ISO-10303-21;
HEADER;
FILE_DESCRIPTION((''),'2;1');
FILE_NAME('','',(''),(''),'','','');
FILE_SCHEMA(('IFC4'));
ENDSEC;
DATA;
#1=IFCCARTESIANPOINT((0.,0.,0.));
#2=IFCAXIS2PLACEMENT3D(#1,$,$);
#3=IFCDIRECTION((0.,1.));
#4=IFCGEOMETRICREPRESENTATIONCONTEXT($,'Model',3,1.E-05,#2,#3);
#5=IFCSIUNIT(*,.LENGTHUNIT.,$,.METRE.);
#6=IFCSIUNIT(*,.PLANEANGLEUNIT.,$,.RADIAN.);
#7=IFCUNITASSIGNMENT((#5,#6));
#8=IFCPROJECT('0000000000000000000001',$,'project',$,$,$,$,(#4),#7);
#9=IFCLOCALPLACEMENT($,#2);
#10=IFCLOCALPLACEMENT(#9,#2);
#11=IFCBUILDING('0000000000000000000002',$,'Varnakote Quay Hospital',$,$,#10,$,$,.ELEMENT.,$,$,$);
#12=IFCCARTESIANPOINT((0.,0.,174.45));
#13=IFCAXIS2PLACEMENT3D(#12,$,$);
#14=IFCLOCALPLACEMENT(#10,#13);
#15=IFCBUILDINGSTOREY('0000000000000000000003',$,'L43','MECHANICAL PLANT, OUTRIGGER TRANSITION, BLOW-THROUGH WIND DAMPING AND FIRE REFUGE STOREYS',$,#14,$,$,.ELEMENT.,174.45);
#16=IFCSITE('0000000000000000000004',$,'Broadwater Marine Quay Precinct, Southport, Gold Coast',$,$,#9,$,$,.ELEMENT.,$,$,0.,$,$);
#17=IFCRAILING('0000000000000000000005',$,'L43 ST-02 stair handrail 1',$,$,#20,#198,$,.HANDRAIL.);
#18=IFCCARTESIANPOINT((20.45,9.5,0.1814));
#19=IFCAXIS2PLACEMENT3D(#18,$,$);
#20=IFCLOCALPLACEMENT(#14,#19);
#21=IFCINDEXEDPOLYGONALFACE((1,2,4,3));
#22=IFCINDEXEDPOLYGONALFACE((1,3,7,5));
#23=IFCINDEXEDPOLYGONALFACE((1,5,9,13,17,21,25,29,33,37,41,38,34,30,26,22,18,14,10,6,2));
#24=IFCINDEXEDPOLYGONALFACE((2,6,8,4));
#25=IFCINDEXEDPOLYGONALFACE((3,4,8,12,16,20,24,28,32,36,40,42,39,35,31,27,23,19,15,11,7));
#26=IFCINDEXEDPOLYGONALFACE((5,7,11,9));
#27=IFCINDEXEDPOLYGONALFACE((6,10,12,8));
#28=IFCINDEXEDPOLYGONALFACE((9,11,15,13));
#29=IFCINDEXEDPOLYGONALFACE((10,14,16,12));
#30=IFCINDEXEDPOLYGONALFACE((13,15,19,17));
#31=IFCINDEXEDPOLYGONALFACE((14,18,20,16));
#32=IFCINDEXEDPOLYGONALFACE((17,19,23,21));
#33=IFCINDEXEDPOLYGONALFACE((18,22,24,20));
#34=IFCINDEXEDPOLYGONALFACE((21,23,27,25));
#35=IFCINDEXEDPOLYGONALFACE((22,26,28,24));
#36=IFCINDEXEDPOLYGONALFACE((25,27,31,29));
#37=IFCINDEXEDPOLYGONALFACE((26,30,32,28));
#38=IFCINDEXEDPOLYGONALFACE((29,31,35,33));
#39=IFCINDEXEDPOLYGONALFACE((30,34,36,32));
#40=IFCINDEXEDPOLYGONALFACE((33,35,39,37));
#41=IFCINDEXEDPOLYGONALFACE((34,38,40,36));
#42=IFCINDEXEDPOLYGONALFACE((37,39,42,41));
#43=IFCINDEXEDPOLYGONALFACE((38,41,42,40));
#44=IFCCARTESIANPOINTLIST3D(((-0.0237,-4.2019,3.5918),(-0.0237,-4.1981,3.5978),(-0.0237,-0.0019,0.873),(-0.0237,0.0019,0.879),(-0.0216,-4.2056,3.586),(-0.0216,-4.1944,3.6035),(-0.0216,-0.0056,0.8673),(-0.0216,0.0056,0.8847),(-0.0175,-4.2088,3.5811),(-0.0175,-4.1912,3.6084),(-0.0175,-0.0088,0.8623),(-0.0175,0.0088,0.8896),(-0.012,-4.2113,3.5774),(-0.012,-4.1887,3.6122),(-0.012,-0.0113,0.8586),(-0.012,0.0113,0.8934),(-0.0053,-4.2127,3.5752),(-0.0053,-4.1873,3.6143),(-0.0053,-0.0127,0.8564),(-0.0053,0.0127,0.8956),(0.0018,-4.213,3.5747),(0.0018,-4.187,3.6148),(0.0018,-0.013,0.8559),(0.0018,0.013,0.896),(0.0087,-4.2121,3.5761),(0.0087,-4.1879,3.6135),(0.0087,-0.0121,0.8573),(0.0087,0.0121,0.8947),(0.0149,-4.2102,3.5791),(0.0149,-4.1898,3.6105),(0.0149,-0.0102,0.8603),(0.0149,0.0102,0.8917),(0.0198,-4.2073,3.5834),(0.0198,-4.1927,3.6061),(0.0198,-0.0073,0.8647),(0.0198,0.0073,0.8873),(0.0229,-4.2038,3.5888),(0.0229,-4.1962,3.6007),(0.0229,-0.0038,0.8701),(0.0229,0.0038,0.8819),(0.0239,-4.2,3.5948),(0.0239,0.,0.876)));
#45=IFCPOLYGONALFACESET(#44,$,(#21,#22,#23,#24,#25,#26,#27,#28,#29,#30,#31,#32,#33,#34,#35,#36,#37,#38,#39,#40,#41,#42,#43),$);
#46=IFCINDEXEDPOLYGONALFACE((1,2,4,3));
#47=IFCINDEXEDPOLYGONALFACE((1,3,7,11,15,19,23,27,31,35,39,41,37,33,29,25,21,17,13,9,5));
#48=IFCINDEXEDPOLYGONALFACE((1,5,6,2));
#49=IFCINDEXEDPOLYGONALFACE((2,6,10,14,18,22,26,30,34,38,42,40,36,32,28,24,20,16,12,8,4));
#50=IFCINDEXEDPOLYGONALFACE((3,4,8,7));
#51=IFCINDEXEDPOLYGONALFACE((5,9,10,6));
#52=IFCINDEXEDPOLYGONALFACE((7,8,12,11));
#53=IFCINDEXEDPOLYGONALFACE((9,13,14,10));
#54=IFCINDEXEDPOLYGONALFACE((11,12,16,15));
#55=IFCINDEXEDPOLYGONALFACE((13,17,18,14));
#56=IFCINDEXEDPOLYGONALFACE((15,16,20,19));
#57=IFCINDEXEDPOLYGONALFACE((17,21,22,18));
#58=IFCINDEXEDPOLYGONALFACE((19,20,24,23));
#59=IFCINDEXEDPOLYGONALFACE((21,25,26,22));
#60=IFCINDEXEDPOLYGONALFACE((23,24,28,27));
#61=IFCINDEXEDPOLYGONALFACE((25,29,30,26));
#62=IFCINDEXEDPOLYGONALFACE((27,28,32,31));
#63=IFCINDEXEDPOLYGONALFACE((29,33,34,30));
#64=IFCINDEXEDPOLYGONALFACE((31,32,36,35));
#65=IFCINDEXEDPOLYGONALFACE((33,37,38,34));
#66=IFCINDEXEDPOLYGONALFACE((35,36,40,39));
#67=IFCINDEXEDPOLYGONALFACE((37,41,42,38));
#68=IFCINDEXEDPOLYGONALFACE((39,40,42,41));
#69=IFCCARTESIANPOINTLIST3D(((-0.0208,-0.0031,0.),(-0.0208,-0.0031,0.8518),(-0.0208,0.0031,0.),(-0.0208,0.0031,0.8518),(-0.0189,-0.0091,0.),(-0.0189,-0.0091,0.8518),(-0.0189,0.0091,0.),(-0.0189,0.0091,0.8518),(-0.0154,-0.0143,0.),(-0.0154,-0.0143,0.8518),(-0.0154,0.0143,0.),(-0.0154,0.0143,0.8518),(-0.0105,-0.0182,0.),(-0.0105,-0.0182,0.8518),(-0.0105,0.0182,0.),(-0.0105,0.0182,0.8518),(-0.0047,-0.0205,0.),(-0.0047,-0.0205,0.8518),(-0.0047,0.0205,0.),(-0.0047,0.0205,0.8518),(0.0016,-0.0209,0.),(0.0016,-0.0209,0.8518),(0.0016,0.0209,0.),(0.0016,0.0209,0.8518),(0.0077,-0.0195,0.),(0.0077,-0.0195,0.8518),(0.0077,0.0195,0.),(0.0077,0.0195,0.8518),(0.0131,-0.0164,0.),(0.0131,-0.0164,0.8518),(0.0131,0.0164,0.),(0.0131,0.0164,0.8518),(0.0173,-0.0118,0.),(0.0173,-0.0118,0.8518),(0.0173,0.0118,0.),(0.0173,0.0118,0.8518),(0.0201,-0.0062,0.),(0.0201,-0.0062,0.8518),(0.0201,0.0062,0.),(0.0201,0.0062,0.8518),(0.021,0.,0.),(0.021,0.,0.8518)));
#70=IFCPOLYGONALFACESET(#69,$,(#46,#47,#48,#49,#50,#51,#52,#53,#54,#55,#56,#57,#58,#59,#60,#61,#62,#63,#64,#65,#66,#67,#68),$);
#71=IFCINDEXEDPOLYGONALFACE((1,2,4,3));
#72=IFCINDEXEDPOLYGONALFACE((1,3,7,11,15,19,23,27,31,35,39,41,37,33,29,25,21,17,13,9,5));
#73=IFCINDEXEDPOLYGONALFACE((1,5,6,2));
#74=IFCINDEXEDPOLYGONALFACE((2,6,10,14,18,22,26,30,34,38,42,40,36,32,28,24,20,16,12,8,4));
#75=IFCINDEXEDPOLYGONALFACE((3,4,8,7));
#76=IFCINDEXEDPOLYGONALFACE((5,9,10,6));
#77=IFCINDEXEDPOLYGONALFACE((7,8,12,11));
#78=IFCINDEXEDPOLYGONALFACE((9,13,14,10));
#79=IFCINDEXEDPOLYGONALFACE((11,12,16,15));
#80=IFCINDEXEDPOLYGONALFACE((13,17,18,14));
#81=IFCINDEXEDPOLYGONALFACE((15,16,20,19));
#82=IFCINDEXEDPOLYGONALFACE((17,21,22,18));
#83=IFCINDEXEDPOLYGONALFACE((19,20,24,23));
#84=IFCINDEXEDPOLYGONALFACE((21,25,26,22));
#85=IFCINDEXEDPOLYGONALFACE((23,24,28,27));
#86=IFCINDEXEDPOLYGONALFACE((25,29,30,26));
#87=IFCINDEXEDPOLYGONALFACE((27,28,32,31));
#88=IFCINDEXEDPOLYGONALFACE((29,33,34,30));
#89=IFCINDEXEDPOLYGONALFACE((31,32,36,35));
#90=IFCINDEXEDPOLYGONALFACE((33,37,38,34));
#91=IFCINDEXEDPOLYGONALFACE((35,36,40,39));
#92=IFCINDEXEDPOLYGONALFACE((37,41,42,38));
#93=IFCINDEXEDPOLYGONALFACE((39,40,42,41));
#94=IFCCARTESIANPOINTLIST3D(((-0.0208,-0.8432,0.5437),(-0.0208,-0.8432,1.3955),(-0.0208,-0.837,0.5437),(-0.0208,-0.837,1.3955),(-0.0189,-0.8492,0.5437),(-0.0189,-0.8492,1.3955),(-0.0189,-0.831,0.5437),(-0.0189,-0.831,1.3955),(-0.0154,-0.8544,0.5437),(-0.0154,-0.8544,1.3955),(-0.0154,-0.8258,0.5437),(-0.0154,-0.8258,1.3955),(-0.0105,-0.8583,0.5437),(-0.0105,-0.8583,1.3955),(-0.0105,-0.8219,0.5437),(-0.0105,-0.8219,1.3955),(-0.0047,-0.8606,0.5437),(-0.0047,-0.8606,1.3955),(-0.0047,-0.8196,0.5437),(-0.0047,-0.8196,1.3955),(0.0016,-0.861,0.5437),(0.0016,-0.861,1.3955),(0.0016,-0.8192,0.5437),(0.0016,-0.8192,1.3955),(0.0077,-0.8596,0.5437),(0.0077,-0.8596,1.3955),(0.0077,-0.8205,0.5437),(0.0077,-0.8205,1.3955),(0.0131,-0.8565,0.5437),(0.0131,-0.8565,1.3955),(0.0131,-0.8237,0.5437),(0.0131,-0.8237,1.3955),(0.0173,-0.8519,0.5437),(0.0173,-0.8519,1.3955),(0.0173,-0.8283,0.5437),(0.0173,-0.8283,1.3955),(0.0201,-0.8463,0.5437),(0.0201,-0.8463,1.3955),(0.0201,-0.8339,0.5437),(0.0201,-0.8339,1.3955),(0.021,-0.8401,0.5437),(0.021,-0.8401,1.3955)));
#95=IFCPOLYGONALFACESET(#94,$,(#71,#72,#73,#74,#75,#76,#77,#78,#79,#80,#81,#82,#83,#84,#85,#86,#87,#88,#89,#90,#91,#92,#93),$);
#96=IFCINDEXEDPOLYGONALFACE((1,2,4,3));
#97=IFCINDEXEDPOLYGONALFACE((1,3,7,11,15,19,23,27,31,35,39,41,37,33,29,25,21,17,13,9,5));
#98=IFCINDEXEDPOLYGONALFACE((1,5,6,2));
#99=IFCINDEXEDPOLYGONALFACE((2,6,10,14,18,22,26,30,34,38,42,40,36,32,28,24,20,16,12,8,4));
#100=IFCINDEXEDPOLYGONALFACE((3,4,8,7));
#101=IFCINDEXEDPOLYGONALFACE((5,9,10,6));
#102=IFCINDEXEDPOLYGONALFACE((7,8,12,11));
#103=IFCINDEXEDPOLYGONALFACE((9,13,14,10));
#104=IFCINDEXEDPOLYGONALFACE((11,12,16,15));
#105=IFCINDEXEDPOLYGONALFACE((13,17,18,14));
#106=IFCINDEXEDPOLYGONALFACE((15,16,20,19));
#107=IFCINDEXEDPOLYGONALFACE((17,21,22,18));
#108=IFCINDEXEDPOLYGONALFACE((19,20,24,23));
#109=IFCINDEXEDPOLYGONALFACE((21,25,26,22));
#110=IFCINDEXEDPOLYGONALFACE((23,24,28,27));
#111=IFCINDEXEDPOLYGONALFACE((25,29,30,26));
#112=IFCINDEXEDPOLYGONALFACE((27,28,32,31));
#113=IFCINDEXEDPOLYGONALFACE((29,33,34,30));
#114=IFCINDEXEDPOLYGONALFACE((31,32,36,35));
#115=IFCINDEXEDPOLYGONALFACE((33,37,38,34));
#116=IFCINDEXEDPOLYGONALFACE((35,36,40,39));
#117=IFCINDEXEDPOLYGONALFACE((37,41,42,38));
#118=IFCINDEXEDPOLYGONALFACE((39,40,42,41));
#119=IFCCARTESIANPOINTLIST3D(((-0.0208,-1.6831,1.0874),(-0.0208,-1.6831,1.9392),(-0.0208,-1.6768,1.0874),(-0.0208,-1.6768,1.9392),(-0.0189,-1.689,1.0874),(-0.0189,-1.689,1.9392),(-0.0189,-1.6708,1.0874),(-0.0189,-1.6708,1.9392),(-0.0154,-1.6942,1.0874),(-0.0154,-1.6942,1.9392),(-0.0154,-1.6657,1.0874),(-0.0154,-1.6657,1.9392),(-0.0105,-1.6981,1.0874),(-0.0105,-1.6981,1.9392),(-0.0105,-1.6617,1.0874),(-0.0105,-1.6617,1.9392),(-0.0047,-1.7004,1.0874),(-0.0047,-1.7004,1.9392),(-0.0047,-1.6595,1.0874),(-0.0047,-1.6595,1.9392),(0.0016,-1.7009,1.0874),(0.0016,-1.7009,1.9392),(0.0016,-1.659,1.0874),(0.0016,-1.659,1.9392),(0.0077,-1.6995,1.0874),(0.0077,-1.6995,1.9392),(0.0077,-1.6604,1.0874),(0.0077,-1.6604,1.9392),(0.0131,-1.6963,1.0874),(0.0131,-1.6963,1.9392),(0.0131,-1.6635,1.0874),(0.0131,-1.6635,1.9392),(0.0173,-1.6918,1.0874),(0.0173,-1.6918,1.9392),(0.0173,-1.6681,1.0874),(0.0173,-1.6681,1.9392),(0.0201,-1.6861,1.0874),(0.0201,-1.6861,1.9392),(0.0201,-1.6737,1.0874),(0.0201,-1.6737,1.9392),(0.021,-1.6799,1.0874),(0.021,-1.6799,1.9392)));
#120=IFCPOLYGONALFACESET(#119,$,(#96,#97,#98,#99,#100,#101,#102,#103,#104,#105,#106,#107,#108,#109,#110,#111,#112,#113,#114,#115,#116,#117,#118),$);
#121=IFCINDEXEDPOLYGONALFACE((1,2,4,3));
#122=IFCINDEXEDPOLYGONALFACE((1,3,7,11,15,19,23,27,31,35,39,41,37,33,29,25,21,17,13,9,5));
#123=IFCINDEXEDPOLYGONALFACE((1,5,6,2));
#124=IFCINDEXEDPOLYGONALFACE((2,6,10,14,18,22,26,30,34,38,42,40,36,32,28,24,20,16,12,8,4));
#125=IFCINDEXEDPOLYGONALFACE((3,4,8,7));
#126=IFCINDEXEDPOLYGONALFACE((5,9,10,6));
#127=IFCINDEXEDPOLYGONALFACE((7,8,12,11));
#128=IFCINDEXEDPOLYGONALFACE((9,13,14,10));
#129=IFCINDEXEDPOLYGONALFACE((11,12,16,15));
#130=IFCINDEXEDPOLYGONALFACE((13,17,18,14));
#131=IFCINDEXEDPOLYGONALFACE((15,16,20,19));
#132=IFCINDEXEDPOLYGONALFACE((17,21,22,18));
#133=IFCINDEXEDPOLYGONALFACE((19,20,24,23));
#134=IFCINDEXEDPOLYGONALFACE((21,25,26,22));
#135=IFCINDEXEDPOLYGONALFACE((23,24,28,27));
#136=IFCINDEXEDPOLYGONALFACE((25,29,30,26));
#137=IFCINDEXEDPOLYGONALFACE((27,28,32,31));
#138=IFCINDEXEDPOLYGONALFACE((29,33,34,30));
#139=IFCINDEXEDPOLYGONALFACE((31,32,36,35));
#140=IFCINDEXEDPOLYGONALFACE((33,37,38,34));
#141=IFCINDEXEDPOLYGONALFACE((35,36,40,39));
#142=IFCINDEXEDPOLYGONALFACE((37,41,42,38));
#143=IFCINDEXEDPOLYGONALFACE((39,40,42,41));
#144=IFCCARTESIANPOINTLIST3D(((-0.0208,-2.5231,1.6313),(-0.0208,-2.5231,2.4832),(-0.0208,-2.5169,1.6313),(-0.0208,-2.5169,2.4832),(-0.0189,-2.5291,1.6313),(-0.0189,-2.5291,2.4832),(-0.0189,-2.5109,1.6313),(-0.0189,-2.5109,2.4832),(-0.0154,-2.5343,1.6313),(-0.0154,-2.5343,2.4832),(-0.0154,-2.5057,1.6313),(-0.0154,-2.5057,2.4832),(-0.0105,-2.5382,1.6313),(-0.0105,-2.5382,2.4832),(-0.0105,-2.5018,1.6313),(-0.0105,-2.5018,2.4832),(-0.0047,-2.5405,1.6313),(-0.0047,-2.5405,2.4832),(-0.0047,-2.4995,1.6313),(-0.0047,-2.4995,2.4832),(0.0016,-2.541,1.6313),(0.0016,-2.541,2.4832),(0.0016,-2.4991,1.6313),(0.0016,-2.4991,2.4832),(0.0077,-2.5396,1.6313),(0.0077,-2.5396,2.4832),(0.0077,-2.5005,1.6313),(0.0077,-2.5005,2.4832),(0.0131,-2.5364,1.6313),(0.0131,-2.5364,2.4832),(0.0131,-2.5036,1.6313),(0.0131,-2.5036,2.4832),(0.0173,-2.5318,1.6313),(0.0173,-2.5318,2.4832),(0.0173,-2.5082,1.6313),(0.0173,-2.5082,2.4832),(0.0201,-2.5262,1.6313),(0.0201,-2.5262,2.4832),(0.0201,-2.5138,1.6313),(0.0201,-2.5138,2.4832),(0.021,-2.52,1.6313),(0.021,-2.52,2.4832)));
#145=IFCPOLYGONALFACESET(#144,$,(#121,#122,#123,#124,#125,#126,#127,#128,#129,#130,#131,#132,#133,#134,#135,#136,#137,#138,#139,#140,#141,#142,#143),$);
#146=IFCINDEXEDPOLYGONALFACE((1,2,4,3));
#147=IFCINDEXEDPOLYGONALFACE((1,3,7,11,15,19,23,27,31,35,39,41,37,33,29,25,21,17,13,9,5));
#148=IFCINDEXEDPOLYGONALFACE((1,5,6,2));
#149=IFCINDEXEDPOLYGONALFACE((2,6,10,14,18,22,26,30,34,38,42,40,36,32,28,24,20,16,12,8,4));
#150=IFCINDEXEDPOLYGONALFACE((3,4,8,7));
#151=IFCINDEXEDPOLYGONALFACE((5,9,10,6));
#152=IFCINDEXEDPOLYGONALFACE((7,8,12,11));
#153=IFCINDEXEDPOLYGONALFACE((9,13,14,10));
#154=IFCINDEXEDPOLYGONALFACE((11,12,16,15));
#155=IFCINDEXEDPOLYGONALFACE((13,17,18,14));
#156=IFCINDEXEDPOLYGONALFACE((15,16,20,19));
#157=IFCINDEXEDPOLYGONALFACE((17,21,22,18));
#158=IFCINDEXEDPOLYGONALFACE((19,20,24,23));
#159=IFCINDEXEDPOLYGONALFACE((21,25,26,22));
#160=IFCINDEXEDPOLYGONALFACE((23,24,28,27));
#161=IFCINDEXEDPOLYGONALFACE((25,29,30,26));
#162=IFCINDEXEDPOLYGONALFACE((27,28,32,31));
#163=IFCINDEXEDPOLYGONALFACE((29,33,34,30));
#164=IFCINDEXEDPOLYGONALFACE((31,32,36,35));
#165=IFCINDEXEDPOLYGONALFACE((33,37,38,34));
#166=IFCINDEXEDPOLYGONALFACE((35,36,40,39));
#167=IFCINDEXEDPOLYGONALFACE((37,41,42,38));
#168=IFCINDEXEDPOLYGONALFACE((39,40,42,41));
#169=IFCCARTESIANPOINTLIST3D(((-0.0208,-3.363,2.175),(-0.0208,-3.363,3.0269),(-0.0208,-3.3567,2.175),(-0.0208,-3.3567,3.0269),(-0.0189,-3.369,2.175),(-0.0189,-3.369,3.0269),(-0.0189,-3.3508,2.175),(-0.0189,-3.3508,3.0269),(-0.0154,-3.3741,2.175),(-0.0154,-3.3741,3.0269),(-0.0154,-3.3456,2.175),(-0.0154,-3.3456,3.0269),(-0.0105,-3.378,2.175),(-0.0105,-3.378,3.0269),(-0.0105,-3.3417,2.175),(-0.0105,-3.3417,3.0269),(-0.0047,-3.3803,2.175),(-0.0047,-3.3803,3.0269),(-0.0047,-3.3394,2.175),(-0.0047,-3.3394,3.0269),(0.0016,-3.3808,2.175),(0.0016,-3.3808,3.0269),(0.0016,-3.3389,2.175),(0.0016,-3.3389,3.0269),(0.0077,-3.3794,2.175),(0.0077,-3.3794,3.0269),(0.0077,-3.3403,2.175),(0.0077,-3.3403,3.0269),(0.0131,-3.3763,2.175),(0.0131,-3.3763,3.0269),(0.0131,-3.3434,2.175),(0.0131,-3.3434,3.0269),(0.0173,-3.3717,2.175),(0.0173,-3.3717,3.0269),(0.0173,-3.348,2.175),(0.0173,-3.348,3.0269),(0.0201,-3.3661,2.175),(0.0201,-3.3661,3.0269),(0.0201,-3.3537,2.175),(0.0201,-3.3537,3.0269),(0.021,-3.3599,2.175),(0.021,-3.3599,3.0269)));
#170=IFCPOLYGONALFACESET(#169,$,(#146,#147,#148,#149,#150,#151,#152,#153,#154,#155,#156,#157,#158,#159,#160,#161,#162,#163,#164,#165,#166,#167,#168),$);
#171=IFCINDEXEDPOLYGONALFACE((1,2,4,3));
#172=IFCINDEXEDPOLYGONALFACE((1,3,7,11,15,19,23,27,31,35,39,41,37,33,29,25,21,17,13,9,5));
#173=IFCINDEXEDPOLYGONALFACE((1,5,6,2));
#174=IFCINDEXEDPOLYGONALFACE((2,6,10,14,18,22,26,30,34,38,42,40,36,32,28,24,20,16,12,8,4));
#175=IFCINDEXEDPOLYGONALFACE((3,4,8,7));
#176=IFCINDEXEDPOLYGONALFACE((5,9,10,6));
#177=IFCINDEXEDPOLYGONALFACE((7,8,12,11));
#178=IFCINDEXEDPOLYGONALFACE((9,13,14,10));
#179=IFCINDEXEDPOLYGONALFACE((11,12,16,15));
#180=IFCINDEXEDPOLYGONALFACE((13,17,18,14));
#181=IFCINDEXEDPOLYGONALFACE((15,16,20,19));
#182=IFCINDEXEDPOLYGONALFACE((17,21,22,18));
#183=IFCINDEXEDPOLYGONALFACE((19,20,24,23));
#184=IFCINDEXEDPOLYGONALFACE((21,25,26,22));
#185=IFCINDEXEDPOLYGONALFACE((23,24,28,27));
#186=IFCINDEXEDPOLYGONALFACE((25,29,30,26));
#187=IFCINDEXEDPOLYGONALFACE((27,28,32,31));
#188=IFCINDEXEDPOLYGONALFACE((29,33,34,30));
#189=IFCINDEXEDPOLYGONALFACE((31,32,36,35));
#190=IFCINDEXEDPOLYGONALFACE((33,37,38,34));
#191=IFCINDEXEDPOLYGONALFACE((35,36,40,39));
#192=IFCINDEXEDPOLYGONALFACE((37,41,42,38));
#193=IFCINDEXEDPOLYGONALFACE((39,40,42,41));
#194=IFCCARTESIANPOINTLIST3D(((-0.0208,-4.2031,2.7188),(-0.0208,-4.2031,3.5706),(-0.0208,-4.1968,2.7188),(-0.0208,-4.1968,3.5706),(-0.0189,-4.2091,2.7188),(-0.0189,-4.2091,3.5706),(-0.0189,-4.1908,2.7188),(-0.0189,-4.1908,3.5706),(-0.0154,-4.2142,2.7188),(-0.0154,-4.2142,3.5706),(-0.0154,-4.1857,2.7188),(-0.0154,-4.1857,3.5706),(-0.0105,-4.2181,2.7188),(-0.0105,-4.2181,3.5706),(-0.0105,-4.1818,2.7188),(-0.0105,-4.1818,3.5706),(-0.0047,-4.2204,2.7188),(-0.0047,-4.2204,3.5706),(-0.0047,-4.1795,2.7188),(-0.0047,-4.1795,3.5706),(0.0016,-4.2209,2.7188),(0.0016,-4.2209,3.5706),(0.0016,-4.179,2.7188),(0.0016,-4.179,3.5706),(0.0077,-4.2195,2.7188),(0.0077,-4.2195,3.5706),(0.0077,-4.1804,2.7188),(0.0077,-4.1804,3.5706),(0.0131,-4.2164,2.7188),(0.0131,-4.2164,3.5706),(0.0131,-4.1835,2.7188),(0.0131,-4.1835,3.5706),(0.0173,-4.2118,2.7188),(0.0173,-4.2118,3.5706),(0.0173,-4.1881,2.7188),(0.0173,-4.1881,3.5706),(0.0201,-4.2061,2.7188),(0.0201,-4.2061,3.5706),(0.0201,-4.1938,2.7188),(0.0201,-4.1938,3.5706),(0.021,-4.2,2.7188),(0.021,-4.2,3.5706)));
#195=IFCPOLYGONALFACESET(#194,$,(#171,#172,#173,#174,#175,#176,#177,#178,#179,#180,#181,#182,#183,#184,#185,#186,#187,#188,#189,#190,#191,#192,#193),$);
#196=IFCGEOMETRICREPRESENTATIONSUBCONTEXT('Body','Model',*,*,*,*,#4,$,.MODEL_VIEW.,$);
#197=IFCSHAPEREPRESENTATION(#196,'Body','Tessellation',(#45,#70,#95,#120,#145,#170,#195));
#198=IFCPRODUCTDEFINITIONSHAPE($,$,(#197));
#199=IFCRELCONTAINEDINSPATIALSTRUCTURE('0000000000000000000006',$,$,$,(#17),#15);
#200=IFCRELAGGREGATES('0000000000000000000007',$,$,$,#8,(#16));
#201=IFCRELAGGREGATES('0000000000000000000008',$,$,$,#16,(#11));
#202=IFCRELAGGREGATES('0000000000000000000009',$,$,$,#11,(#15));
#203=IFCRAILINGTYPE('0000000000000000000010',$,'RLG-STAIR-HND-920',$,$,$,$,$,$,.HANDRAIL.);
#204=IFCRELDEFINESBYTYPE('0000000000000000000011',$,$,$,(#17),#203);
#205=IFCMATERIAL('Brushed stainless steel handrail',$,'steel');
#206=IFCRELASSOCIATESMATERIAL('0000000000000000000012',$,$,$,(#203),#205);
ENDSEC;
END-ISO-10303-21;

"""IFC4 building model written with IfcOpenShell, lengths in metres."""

from ifc_helpers import new_model, si_unit, direction, frame, origin, origin_2d, place, context, subcontext, project, spatial, circle, extrude, material, type_object, element, save


model = new_model("IFC4")

# Units and contexts
model_context = context("Model", 3, precision=1e-05, world=origin(), true_north=direction((0.0, 1.0)))
body_context = subcontext(model_context, "Body", "Model", "MODEL_VIEW")
ifc_project = project(units=[si_unit("LENGTHUNIT", "METRE"), si_unit("PLANEANGLEUNIT", "RADIAN")], contexts=[model_context])

# Site, building, storey
site_placement = place(None, origin())
site = spatial("IfcSite", under=ifc_project, at=site_placement, Name="Broadwater Marine Quay Precinct, Southport, Gold Coast", CompositionType="ELEMENT", RefElevation=0.0)
building_placement = place(site_placement, origin())
building = spatial("IfcBuilding", under=site, at=building_placement, Name="Varnakote Quay Hospital", CompositionType="ELEMENT")
storey_placement = place(building_placement, frame((0.0, 0.0, 174.45)))
storey = spatial("IfcBuildingStorey", under=building, at=storey_placement, Name="L43", Description="MECHANICAL PLANT, OUTRIGGER TRANSITION, BLOW-THROUGH WIND DAMPING AND FIRE REFUGE STOREYS", CompositionType="ELEMENT", Elevation=174.45)

# Railing
ifc_material_1 = material(Name="Brushed stainless steel handrail", Category="steel")
railing_type_1 = type_object("IfcRailingType", Name="RLG-STAIR-HND-920", PredefinedType="HANDRAIL", material=ifc_material_1)
railing_1_placement = place(storey_placement, frame((20.45, 9.5, 0.1814)))
element("IfcRailing", 1, at=railing_1_placement, inside=storey, type_object=railing_type_1, Name="L43 ST-02 stair handrail 1", PredefinedType="HANDRAIL", context=body_context, shape_type="SweptSolid", body=[
    extrude(circle(Radius=0.0239, at=origin_2d()), frame((0.0, 0.0, 0.876), z_axis=(0.0, -0.839467, 0.543411), x_axis=(1.0, 0.0, 0.0)), (0.0, 0.0, 1.0), 5.0032),
    extrude(circle(Radius=0.021, at=origin_2d()), origin(), (0.0, 0.0, 1.0), 0.8518),
    extrude(circle(Radius=0.021, at=origin_2d()), frame((0.0, -0.8401, 0.5437)), (0.0, 0.0, 1.0), 0.8518),
    extrude(circle(Radius=0.021, at=origin_2d()), frame((0.0, -1.6799, 1.0874)), (0.0, 0.0, 1.0), 0.8518),
    extrude(circle(Radius=0.021, at=origin_2d()), frame((0.0, -2.52, 1.6313)), (0.0, 0.0, 1.0), 0.8518),
    extrude(circle(Radius=0.021, at=origin_2d()), frame((0.0, -3.3599, 2.175)), (0.0, 0.0, 1.0), 0.8518),
    extrude(circle(Radius=0.021, at=origin_2d()), frame((0.0, -4.2, 2.7188)), (0.0, 0.0, 1.0), 0.8518),
])

save(model, "model.ifc")
